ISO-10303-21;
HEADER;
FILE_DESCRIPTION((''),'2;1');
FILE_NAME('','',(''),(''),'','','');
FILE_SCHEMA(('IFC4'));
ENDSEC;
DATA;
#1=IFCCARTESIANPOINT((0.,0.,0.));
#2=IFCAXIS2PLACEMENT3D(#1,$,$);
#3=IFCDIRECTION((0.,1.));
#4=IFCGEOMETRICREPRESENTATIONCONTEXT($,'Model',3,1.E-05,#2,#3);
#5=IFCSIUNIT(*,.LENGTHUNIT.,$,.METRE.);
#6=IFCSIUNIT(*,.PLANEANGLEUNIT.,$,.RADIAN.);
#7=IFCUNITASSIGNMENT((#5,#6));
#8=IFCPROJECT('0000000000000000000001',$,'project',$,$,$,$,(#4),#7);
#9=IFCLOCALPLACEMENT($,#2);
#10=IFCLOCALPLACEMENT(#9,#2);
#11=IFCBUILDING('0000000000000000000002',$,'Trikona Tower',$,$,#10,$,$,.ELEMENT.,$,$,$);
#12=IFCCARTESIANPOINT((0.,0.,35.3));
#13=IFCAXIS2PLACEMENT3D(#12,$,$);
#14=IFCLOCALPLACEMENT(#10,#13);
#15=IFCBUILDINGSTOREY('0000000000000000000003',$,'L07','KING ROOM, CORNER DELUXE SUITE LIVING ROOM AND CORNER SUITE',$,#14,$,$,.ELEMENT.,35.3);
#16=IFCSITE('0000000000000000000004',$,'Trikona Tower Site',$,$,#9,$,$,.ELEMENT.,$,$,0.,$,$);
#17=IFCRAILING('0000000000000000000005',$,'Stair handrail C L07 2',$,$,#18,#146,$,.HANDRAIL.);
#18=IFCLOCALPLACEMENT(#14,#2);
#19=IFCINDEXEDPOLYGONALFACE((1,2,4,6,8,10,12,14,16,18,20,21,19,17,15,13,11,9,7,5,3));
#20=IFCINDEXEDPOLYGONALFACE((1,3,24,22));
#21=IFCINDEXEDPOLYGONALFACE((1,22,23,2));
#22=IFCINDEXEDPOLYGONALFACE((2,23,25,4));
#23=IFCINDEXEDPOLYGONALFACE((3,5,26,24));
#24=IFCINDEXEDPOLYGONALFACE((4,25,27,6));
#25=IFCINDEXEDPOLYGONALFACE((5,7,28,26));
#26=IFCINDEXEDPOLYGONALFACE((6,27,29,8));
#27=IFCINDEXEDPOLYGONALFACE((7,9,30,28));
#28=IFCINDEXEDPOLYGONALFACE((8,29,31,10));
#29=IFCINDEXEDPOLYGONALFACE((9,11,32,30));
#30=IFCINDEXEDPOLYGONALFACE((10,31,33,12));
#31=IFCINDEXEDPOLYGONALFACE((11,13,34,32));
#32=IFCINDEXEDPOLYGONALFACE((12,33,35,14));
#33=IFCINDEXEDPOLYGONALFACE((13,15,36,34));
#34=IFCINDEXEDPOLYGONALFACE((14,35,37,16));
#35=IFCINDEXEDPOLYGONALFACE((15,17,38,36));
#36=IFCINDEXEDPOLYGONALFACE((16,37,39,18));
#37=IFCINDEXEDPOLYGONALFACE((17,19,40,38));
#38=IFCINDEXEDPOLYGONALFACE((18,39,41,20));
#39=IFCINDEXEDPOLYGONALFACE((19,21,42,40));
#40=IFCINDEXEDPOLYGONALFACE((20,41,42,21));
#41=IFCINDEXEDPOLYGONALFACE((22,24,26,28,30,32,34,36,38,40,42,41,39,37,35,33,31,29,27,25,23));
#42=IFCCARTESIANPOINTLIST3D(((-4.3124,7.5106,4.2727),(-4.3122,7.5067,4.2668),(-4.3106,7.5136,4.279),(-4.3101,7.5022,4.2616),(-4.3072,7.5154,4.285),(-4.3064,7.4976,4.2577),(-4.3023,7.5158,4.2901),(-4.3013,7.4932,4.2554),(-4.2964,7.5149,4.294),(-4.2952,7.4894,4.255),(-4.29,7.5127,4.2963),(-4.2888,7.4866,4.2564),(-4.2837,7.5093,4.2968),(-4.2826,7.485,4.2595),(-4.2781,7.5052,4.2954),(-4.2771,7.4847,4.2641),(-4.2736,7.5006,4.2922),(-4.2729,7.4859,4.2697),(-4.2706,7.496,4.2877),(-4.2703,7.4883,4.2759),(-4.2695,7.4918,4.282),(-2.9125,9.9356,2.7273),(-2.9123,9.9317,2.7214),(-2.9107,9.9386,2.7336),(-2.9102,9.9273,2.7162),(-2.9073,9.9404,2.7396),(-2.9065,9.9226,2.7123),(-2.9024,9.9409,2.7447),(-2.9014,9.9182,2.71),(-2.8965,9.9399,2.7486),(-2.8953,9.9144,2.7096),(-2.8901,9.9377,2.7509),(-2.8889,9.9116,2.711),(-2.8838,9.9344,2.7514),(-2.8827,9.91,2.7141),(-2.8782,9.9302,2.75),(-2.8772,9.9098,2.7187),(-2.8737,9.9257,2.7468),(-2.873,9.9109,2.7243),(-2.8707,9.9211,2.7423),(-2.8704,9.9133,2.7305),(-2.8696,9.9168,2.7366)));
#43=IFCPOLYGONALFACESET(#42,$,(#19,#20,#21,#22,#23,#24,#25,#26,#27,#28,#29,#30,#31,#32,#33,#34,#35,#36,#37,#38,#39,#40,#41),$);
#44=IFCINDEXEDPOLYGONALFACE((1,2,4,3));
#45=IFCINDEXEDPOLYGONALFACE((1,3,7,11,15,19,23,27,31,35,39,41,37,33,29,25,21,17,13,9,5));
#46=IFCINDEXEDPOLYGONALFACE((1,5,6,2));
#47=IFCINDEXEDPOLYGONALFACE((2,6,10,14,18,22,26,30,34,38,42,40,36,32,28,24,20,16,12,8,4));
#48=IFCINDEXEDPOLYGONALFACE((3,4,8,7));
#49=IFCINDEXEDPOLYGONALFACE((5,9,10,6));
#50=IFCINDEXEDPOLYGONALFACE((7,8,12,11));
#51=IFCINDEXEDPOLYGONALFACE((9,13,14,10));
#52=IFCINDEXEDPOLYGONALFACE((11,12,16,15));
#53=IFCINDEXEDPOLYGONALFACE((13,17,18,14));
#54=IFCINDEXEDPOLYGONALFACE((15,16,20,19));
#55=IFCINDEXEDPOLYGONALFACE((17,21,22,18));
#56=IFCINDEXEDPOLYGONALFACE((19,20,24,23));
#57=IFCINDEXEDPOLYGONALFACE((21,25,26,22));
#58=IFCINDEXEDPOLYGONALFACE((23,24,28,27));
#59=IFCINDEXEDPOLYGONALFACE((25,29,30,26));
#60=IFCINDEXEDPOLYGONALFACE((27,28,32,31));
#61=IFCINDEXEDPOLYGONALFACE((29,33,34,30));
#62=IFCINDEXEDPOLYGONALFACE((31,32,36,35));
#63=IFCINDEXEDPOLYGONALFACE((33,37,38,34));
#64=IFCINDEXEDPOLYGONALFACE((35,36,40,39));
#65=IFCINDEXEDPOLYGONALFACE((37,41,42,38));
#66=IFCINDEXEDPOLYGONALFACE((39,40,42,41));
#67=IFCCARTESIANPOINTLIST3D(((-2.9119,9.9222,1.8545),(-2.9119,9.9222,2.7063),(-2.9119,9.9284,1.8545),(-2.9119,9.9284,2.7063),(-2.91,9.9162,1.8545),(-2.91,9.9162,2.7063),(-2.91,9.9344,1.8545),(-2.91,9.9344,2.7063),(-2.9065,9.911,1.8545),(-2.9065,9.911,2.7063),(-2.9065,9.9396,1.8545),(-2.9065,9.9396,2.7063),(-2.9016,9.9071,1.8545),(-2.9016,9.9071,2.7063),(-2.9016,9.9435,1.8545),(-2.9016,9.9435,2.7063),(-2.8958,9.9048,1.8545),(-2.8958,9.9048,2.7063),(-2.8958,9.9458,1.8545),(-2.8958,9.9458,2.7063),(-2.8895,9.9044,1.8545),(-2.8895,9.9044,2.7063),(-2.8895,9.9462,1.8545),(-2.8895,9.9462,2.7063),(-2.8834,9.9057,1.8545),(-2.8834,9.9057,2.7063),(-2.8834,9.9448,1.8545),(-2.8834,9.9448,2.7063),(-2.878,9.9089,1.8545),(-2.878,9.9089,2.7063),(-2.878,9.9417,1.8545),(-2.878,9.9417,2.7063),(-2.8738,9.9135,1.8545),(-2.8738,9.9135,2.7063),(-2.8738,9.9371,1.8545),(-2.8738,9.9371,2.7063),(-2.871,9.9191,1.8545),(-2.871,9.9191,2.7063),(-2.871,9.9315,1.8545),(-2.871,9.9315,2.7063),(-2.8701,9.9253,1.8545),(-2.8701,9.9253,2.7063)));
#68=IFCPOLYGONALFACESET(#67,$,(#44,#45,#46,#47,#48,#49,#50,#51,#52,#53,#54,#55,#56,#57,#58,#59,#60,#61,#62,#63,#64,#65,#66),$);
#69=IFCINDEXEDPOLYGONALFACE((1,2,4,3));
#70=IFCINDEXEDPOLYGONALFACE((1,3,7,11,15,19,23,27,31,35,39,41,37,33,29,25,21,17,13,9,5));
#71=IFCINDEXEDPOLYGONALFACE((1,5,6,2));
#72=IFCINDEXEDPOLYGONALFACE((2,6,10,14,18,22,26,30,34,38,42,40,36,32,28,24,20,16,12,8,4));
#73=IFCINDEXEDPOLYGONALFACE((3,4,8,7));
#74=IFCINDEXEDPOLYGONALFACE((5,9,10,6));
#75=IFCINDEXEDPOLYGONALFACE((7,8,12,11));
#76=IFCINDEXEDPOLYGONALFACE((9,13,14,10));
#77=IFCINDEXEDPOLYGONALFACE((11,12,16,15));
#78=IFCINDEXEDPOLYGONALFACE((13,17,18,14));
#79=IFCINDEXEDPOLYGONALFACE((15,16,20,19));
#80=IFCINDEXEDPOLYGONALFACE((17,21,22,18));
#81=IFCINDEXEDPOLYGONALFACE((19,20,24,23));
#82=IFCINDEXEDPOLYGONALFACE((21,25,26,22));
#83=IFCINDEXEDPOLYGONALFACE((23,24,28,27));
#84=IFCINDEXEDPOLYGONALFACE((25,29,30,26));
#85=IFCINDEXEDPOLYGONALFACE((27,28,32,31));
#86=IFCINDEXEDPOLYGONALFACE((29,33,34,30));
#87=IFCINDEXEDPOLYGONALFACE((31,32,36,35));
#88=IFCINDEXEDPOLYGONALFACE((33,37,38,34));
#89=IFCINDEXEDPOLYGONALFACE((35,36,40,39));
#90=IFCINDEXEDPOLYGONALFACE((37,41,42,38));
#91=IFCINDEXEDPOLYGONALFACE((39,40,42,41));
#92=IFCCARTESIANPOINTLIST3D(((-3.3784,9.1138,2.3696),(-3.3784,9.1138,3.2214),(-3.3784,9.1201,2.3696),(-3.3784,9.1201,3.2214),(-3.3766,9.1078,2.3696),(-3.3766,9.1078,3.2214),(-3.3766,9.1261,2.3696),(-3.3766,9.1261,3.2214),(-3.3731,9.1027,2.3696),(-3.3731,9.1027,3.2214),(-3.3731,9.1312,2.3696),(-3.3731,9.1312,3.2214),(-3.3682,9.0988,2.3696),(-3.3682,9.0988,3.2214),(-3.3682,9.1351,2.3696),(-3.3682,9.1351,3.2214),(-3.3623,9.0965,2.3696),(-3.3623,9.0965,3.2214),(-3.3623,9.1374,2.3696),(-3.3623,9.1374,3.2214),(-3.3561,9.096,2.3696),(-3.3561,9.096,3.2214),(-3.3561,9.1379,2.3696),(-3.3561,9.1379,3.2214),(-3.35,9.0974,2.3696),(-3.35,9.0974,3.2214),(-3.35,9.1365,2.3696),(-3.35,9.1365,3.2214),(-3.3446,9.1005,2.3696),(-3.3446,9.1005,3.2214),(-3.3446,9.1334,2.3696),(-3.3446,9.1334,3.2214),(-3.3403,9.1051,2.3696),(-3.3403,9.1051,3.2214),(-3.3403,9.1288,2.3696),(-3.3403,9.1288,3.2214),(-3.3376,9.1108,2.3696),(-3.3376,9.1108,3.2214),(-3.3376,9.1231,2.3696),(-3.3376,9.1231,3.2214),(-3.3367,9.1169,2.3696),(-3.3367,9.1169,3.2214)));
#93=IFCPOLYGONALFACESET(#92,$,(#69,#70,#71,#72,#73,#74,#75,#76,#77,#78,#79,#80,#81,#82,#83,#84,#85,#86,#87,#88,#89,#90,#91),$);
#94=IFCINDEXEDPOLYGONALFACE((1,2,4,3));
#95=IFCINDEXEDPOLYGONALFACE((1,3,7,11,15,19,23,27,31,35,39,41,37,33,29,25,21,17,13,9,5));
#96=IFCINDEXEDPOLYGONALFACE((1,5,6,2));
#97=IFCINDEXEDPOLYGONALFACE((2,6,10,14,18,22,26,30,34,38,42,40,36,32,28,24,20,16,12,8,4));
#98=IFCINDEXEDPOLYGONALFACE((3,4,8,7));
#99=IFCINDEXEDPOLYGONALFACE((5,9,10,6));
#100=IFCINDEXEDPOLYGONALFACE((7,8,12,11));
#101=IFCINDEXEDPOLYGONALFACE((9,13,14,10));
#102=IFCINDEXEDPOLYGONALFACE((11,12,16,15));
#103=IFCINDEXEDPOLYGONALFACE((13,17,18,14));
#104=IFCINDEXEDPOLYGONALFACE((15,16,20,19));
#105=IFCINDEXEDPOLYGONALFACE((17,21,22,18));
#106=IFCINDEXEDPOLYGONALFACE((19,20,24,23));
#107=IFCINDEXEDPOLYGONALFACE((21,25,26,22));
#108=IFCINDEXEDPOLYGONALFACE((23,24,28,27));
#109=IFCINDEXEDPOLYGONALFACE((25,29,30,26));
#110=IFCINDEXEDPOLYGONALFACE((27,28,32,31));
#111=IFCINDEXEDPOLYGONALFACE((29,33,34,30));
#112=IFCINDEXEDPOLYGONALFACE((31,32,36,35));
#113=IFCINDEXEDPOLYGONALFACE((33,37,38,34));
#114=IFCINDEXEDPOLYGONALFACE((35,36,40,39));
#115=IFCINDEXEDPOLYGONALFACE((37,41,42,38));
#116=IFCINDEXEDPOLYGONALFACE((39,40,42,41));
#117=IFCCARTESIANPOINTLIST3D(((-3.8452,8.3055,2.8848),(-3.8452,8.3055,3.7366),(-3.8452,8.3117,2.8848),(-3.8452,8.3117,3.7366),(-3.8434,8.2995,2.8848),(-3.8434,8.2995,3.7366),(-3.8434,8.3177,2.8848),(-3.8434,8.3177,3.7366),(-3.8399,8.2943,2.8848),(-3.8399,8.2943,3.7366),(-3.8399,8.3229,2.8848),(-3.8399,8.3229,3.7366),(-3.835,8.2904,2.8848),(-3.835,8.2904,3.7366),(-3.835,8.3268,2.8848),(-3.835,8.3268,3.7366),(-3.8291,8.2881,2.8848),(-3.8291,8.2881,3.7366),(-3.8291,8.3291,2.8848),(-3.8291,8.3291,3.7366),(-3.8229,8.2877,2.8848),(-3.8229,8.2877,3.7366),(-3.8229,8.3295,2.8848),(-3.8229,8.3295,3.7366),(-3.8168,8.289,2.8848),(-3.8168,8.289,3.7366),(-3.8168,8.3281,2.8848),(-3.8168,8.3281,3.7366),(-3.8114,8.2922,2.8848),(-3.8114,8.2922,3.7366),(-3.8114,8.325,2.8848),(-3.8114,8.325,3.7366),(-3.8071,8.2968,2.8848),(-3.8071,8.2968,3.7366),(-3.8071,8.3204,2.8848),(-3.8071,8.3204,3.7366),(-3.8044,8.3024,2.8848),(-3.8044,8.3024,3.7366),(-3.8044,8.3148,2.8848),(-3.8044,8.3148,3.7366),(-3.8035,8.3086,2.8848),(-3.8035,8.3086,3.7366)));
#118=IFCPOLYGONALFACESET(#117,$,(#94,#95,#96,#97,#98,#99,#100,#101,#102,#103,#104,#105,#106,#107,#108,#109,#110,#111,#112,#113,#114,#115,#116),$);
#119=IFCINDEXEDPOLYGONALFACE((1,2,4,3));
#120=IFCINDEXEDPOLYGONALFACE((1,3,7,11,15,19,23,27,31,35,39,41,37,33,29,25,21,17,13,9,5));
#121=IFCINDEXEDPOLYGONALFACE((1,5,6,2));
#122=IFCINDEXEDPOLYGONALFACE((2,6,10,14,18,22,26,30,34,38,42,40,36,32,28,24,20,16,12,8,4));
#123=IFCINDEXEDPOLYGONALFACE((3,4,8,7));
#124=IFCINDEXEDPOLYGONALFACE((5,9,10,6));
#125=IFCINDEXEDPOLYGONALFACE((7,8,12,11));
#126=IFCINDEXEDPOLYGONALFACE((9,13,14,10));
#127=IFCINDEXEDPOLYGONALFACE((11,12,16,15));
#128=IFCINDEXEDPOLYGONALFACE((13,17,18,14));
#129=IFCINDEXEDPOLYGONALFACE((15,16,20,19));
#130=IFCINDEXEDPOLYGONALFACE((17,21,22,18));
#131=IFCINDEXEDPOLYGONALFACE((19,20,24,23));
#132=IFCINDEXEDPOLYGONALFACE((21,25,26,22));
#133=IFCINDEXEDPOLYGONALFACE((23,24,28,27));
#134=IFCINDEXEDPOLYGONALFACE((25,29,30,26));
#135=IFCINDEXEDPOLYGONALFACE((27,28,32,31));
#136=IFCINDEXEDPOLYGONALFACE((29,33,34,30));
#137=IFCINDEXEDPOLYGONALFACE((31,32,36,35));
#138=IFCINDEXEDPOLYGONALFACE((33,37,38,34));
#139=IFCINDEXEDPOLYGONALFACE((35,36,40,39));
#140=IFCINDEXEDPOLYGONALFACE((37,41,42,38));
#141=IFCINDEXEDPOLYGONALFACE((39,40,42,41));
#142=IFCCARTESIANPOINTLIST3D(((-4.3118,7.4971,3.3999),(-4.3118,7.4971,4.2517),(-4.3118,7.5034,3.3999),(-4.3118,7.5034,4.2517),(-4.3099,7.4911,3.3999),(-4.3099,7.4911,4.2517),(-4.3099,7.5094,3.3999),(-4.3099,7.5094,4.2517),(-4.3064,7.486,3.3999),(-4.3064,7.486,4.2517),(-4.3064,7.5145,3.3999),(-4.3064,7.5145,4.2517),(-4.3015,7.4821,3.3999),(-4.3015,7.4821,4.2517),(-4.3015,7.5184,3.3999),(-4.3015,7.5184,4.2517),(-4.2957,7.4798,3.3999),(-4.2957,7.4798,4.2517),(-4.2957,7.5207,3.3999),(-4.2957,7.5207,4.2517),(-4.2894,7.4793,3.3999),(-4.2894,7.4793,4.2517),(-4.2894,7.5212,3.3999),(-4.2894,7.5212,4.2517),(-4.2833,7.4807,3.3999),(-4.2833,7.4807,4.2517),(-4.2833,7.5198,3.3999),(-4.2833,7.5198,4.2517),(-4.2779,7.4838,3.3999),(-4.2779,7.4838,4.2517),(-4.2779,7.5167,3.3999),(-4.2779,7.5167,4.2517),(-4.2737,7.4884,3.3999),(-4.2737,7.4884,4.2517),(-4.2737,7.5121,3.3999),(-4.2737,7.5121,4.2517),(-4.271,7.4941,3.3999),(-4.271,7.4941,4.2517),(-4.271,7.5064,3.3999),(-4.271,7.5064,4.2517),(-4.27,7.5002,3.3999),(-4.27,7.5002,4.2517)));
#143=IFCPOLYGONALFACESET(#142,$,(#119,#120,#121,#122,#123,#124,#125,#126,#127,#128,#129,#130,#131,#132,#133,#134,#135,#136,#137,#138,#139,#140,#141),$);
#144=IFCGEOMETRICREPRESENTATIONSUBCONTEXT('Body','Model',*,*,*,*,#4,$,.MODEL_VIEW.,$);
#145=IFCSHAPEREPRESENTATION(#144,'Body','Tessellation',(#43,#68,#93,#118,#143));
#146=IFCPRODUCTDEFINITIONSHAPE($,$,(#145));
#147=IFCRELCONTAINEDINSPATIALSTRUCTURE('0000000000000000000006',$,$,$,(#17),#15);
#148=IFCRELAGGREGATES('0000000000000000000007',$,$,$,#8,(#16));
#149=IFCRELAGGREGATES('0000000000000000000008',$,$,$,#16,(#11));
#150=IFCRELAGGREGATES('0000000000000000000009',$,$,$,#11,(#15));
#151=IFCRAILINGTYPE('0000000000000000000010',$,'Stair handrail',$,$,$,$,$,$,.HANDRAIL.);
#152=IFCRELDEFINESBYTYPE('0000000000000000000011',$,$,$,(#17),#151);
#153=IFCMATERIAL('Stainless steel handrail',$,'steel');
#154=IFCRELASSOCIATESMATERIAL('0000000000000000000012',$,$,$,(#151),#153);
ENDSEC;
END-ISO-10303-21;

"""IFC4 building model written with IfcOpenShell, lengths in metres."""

from ifc_helpers import new_model, si_unit, direction, frame, origin, origin_2d, place, context, subcontext, project, spatial, circle, extrude, material, type_object, element, save


model = new_model("IFC4")

# Units and contexts
model_context = context("Model", 3, precision=1e-05, world=origin(), true_north=direction((0.0, 1.0)))
body_context = subcontext(model_context, "Body", "Model", "MODEL_VIEW")
ifc_project = project(units=[si_unit("LENGTHUNIT", "METRE"), si_unit("PLANEANGLEUNIT", "RADIAN")], contexts=[model_context])

# Site, building, storey
site_placement = place(None, origin())
site = spatial("IfcSite", under=ifc_project, at=site_placement, Name="Trikona Tower Site", CompositionType="ELEMENT", RefElevation=0.0)
building_placement = place(site_placement, origin())
building = spatial("IfcBuilding", under=site, at=building_placement, Name="Trikona Tower", CompositionType="ELEMENT")
storey_placement = place(building_placement, frame((0.0, 0.0, 35.3)))
storey = spatial("IfcBuildingStorey", under=building, at=storey_placement, Name="L07", Description="KING ROOM, CORNER DELUXE SUITE LIVING ROOM AND CORNER SUITE", CompositionType="ELEMENT", Elevation=35.3)

# Railing
ifc_material_1 = material(Name="Stainless steel handrail", Category="steel")
railing_type = type_object("IfcRailingType", Name="Stair handrail", PredefinedType="HANDRAIL", material=ifc_material_1)
railing_1_placement = place(storey_placement, frame((-2.8911, 9.9253, 1.8545)))
element("IfcRailing", 1, at=railing_1_placement, inside=storey, type_object=railing_type, Name="Stair handrail C L07 2", PredefinedType="HANDRAIL", context=body_context, shape_type="SweptSolid", body=[
    extrude(circle(Radius=0.0239, at=origin_2d()), frame((0.0, 0.0, 0.876), z_axis=(-0.437707, -0.75824, 0.483203), x_axis=(0.866056, -0.499946, 0.0)), (0.0, 0.0, 1.0), 3.1982),
    extrude(circle(Radius=0.021, at=origin_2d()), origin(), (0.0, 0.0, 1.0), 0.8518),
    extrude(circle(Radius=0.021, at=origin_2d()), frame((-0.4666, -0.8083, 0.5151)), (0.0, 0.0, 1.0), 0.8518),
    extrude(circle(Radius=0.021, at=origin_2d()), frame((-0.9333, -1.6167, 1.0303)), (0.0, 0.0, 1.0), 0.8518),
    extrude(circle(Radius=0.021, at=origin_2d()), frame((-1.3999, -2.425, 1.5454)), (0.0, 0.0, 1.0), 0.8518),
])

save(model, "model.ifc")
